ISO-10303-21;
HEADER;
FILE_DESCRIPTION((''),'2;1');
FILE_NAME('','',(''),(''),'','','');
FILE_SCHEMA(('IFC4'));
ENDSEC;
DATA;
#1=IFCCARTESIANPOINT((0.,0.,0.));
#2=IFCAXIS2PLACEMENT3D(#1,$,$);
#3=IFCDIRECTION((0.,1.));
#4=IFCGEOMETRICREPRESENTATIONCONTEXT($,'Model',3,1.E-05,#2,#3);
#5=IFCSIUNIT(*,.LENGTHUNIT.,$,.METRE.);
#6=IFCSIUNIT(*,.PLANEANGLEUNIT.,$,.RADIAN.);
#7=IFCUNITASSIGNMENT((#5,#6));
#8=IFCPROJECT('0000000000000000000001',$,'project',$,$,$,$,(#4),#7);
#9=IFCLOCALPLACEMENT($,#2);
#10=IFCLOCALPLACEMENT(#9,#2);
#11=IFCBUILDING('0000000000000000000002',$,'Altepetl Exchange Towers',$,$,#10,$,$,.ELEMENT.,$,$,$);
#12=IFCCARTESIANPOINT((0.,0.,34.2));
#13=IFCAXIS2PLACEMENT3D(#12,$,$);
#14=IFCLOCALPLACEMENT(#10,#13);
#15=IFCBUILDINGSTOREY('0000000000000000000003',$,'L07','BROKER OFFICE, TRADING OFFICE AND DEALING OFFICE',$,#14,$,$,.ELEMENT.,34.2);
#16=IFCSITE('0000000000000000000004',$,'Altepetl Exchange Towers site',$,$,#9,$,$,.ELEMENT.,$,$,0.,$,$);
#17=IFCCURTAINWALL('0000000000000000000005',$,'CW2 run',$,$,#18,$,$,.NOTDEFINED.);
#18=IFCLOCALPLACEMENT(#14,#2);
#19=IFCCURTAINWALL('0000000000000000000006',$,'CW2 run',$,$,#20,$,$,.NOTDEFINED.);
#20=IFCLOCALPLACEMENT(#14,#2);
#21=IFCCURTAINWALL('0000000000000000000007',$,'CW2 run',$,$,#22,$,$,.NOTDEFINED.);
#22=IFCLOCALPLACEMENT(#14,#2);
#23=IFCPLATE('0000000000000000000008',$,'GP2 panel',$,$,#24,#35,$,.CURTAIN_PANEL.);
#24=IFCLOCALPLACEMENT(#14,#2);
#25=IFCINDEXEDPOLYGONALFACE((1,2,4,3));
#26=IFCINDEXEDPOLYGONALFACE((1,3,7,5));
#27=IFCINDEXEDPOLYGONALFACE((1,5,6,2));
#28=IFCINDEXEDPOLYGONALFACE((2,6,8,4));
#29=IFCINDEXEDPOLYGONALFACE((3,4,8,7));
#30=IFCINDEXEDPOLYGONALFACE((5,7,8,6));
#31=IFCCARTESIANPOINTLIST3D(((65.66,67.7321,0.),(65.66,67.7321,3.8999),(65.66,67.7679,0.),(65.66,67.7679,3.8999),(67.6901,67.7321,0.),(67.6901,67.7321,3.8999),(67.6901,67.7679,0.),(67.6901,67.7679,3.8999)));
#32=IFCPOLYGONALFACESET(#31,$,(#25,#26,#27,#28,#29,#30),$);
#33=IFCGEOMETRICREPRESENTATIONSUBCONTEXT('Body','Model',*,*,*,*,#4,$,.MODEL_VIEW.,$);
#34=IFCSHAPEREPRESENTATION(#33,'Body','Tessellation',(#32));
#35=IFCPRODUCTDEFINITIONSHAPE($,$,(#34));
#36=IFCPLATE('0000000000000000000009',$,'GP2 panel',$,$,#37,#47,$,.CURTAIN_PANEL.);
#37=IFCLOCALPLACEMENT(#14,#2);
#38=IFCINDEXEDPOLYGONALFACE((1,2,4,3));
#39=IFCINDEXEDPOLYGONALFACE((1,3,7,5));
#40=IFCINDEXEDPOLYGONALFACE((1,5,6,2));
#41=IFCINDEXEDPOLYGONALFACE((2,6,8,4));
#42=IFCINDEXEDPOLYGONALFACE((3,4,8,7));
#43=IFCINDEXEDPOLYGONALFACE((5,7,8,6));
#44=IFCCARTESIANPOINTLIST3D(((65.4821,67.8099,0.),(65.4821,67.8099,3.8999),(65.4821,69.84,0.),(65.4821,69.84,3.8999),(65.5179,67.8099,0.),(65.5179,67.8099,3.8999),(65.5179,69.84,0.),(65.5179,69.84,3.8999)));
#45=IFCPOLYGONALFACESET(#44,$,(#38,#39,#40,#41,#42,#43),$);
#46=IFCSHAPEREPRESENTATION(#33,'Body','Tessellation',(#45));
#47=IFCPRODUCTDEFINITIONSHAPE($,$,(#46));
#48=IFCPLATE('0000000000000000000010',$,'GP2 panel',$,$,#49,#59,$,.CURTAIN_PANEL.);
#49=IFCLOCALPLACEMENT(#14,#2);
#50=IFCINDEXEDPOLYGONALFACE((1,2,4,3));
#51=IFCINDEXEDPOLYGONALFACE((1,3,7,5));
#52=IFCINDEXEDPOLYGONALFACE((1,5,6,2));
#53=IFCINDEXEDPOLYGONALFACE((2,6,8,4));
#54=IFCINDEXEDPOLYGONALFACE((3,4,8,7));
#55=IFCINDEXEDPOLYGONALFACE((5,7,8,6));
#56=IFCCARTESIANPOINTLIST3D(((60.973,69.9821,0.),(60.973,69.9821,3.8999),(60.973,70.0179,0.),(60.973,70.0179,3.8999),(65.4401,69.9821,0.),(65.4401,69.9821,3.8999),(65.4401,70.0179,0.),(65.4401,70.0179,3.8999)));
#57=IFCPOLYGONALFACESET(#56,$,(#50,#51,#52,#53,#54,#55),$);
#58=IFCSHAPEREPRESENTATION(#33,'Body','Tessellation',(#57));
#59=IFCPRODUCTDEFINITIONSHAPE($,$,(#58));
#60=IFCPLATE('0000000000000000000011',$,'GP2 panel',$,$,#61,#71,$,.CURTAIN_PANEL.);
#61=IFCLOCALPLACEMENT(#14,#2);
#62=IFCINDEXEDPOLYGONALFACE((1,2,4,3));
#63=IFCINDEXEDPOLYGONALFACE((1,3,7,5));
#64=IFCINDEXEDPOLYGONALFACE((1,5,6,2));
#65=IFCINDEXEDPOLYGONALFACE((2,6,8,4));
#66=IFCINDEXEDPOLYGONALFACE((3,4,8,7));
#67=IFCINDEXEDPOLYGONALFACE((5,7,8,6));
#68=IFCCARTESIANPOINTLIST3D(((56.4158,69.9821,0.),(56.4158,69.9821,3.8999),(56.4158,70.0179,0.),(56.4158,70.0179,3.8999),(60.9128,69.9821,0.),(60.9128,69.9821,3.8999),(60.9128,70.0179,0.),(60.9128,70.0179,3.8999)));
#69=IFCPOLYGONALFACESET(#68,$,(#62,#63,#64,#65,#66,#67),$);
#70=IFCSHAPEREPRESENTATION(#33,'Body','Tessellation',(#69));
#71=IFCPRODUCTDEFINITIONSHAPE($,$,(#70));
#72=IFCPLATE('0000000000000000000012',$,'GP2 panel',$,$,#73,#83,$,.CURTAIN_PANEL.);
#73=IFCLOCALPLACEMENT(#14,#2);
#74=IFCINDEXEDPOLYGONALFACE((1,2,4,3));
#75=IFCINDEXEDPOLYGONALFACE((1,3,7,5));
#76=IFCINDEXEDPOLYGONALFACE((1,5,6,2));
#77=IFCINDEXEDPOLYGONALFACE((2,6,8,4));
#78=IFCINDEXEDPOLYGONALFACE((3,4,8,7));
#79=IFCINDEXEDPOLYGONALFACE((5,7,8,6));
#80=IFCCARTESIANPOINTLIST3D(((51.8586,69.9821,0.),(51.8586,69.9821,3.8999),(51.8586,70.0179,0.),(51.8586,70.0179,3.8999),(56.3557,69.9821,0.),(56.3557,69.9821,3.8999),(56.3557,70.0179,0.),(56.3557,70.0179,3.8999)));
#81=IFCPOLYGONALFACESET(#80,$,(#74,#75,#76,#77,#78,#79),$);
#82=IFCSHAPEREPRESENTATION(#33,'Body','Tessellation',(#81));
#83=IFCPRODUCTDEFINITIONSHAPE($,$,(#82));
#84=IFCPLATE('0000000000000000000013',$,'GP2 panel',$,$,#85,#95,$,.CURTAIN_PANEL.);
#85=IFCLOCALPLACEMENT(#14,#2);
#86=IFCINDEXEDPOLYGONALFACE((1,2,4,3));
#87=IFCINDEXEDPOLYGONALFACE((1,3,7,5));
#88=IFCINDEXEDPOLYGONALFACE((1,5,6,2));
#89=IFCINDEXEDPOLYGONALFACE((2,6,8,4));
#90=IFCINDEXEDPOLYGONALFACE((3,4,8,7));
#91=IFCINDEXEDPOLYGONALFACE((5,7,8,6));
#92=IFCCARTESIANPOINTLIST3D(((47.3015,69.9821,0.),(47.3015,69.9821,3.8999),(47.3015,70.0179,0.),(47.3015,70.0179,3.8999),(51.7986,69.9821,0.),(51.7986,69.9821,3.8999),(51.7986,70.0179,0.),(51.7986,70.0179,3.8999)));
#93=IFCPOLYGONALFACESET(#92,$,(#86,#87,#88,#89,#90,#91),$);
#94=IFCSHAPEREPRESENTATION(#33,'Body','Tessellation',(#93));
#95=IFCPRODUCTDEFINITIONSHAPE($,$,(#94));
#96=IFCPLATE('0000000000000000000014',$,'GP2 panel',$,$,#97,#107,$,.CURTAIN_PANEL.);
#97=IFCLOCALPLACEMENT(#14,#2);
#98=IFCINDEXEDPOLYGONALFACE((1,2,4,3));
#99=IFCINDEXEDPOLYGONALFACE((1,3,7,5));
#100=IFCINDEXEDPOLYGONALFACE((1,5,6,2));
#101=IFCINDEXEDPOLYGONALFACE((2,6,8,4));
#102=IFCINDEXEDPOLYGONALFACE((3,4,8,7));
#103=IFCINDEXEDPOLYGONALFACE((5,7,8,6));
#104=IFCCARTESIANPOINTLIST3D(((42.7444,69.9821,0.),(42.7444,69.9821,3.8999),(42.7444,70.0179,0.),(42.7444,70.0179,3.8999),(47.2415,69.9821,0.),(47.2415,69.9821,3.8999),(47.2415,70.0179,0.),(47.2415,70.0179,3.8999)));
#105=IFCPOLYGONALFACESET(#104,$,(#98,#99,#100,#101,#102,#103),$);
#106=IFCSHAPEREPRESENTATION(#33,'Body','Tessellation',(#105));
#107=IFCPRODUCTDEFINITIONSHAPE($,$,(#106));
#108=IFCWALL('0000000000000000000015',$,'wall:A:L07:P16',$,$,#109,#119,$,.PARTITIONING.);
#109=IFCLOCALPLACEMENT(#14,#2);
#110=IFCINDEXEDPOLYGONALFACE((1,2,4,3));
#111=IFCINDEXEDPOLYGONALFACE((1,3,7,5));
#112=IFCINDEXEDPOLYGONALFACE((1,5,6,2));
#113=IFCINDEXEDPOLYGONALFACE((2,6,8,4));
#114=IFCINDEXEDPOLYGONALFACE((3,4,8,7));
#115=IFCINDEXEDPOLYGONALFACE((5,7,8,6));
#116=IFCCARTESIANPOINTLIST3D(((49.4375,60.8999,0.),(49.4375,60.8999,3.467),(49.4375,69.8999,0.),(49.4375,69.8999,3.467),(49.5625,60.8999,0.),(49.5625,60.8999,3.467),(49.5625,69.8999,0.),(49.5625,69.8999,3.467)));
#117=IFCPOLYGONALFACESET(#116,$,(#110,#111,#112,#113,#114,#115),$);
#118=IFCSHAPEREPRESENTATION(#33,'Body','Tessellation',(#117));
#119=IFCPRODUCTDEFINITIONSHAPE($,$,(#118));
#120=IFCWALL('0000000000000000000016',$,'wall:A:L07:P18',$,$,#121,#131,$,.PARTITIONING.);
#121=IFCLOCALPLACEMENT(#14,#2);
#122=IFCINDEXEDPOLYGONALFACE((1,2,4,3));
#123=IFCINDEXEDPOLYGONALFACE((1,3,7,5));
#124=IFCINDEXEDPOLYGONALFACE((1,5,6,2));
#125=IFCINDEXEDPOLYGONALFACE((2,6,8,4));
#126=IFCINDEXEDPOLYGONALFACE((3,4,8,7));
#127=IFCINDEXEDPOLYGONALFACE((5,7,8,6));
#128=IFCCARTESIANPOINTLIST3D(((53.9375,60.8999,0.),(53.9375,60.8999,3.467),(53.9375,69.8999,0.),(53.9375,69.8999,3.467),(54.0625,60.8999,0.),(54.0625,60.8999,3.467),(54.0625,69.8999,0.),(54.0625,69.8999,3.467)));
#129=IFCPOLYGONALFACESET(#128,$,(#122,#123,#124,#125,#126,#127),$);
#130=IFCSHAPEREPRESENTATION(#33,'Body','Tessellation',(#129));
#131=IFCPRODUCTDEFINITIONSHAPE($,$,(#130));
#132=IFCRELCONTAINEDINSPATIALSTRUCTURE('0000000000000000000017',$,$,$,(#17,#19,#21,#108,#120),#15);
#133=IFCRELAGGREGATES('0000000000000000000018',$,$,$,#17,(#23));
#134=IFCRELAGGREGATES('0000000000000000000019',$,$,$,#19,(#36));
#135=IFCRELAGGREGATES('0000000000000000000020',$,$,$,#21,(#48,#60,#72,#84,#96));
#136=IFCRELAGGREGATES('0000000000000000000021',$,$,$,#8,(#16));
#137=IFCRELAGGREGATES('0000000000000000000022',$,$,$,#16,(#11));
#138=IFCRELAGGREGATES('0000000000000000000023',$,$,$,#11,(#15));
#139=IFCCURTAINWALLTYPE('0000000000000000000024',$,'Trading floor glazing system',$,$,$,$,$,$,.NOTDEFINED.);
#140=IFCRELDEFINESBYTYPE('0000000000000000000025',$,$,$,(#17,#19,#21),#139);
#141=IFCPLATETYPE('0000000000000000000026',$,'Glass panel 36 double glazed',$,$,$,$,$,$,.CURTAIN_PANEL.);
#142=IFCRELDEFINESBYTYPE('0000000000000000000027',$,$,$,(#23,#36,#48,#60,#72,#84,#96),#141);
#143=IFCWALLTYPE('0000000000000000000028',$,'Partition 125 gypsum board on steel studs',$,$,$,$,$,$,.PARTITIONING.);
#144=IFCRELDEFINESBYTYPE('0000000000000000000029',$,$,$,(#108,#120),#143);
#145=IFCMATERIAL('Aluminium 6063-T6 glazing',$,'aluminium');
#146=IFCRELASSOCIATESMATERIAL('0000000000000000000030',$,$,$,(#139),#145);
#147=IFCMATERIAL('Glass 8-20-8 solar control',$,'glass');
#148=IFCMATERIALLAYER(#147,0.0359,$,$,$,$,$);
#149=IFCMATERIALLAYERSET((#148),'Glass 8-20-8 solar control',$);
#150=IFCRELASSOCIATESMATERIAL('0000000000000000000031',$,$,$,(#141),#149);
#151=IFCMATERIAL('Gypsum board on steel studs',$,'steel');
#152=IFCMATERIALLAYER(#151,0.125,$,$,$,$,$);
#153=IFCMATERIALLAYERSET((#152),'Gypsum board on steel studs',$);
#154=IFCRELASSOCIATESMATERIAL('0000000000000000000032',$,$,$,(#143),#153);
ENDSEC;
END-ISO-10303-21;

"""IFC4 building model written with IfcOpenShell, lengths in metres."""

from ifc_helpers import new_model, si_unit, direction, frame, frame_2d, origin, origin_2d, place, context, subcontext, project, spatial, rectangle, extrude, material, layer, layer_set, type_object, element, aggregate, save


model = new_model("IFC4")

# Units and contexts
model_context = context("Model", 3, precision=1e-05, world=origin(), true_north=direction((0.0, 1.0)))
body_context = subcontext(model_context, "Body", "Model", "MODEL_VIEW")
ifc_project = project(units=[si_unit("LENGTHUNIT", "METRE"), si_unit("PLANEANGLEUNIT", "RADIAN")], contexts=[model_context])

# Site, building, storey
site_placement = place(None, origin())
site = spatial("IfcSite", under=ifc_project, at=site_placement, Name="Altepetl Exchange Towers site", CompositionType="ELEMENT", RefElevation=0.0)
building_placement = place(site_placement, origin())
building = spatial("IfcBuilding", under=site, at=building_placement, Name="Altepetl Exchange Towers", CompositionType="ELEMENT")
storey_placement = place(building_placement, frame((0.0, 0.0, 34.2)))
storey = spatial("IfcBuildingStorey", under=building, at=storey_placement, Name="L07", Description="BROKER OFFICE, TRADING OFFICE AND DEALING OFFICE", CompositionType="ELEMENT", Elevation=34.2)

# Curtain walls
ifc_material_1 = material(Name="Aluminium 6063-T6 glazing", Category="aluminium")
curtain_wall_type = type_object("IfcCurtainWallType", Name="Trading floor glazing system", PredefinedType="NOTDEFINED", material=ifc_material_1)
curtain_wall_1_placement = place(storey_placement, origin())
curtain_wall_1 = element("IfcCurtainWall", 1, at=curtain_wall_1_placement, inside=storey, type_object=curtain_wall_type, Name="CW2 run", PredefinedType="NOTDEFINED")
curtain_wall_2_placement = place(storey_placement, origin())
curtain_wall_2 = element("IfcCurtainWall", 2, at=curtain_wall_2_placement, inside=storey, type_object=curtain_wall_type, Name="CW2 run", PredefinedType="NOTDEFINED")
curtain_wall_3_placement = place(storey_placement, origin())
curtain_wall_3 = element("IfcCurtainWall", 3, at=curtain_wall_3_placement, inside=storey, type_object=curtain_wall_type, Name="CW2 run", PredefinedType="NOTDEFINED")

# Plates
ifc_material_2 = material(Name="Glass 8-20-8 solar control", Category="glass")
ifc_layer_1 = layer(ifc_material_2, 0.0359)
ifc_layer_set_1 = layer_set([ifc_layer_1], Name="Glass 8-20-8 solar control")
plate_type = type_object("IfcPlateType", Name="Glass panel 36 double glazed", PredefinedType="CURTAIN_PANEL", material=ifc_layer_set_1)
plate_1_placement = place(storey_placement, frame((66.675, 67.75, 0.0), z_axis=(0.0, 0.0, 1.0), x_axis=(-1.0, 0.0, 0.0)))
plate_1 = element("IfcPlate", 4, at=plate_1_placement, type_object=plate_type, Name="GP2 panel", PredefinedType="CURTAIN_PANEL", context=body_context, shape_type="SweptSolid", body=[
    extrude(rectangle(XDim=2.03, YDim=0.0359, at=origin_2d()), origin(), (0.0, 0.0, 1.0), 3.8999),
])
aggregate(curtain_wall_1, [plate_1])
plate_2_placement = place(storey_placement, frame((65.5, 68.825, 0.0), z_axis=(0.0, 0.0, 1.0), x_axis=(0.0, 1.0, 0.0)))
plate_2 = element("IfcPlate", 5, at=plate_2_placement, type_object=plate_type, Name="GP2 panel", PredefinedType="CURTAIN_PANEL", context=body_context, shape_type="SweptSolid", body=[
    extrude(rectangle(XDim=2.03, YDim=0.0359, at=origin_2d()), origin(), (0.0, 0.0, 1.0), 3.8999),
])
aggregate(curtain_wall_2, [plate_2])
plate_3_placement = place(storey_placement, frame((63.2065, 70.0, 0.0), z_axis=(0.0, 0.0, 1.0), x_axis=(-1.0, 0.0, 0.0)))
plate_3 = element("IfcPlate", 6, at=plate_3_placement, type_object=plate_type, Name="GP2 panel", PredefinedType="CURTAIN_PANEL", context=body_context, shape_type="SweptSolid", body=[
    extrude(rectangle(XDim=4.467, YDim=0.0359, at=origin_2d()), origin(), (0.0, 0.0, 1.0), 3.8999),
])
plate_4_placement = place(storey_placement, frame((58.6643, 70.0, 0.0), z_axis=(0.0, 0.0, 1.0), x_axis=(-1.0, 0.0, 0.0)))
plate_4 = element("IfcPlate", 7, at=plate_4_placement, type_object=plate_type, Name="GP2 panel", PredefinedType="CURTAIN_PANEL", context=body_context, shape_type="SweptSolid", body=[
    extrude(rectangle(XDim=4.4971, YDim=0.0359, at=origin_2d()), origin(), (0.0, 0.0, 1.0), 3.8999),
])
plate_5_placement = place(storey_placement, frame((54.1072, 70.0, 0.0), z_axis=(0.0, 0.0, 1.0), x_axis=(-1.0, 0.0, 0.0)))
plate_5 = element("IfcPlate", 8, at=plate_5_placement, type_object=plate_type, Name="GP2 panel", PredefinedType="CURTAIN_PANEL", context=body_context, shape_type="SweptSolid", body=[
    extrude(rectangle(XDim=4.4971, YDim=0.0359, at=origin_2d()), origin(), (0.0, 0.0, 1.0), 3.8999),
])
plate_6_placement = place(storey_placement, frame((49.55, 70.0, 0.0), z_axis=(0.0, 0.0, 1.0), x_axis=(-1.0, 0.0, 0.0)))
plate_6 = element("IfcPlate", 9, at=plate_6_placement, type_object=plate_type, Name="GP2 panel", PredefinedType="CURTAIN_PANEL", context=body_context, shape_type="SweptSolid", body=[
    extrude(rectangle(XDim=4.4971, YDim=0.0359, at=origin_2d()), origin(), (0.0, 0.0, 1.0), 3.8999),
])
plate_7_placement = place(storey_placement, frame((44.9929, 70.0, 0.0), z_axis=(0.0, 0.0, 1.0), x_axis=(-1.0, 0.0, 0.0)))
plate_7 = element("IfcPlate", 10, at=plate_7_placement, type_object=plate_type, Name="GP2 panel", PredefinedType="CURTAIN_PANEL", context=body_context, shape_type="SweptSolid", body=[
    extrude(rectangle(XDim=4.4971, YDim=0.0359, at=origin_2d()), origin(), (0.0, 0.0, 1.0), 3.8999),
])
aggregate(curtain_wall_3, [plate_3, plate_4, plate_5, plate_6, plate_7])

# Walls
ifc_material_3 = material(Name="Gypsum board on steel studs", Category="steel")
ifc_layer_2 = layer(ifc_material_3, 0.125)
ifc_layer_set_2 = layer_set([ifc_layer_2], Name="Gypsum board on steel studs")
wall_type = type_object("IfcWallType", Name="Partition 125 gypsum board on steel studs", PredefinedType="PARTITIONING", material=ifc_layer_set_2)
for number, where, z_axis, x_axis, name in (
    (11, (49.5, 60.8999, 0.0), (0.0, 0.0, 1.0), (0.0, 1.0, 0.0), "wall:A:L07:P16"),
    (12, (54.0, 60.8999, 0.0), (0.0, 0.0, 1.0), (0.0, 1.0, 0.0), "wall:A:L07:P18"),
):
    element("IfcWall", number, at=place(storey_placement, frame(where, z_axis=z_axis, x_axis=x_axis)), inside=storey, type_object=wall_type, Name=name, PredefinedType="PARTITIONING", context=body_context, shape_type="SweptSolid", body=[
        extrude(rectangle(XDim=9.0, YDim=0.125, at=frame_2d((4.5, 0.0))), origin(), (0.0, 0.0, 1.0), 3.467),
    ])

save(model, "model.ifc")
